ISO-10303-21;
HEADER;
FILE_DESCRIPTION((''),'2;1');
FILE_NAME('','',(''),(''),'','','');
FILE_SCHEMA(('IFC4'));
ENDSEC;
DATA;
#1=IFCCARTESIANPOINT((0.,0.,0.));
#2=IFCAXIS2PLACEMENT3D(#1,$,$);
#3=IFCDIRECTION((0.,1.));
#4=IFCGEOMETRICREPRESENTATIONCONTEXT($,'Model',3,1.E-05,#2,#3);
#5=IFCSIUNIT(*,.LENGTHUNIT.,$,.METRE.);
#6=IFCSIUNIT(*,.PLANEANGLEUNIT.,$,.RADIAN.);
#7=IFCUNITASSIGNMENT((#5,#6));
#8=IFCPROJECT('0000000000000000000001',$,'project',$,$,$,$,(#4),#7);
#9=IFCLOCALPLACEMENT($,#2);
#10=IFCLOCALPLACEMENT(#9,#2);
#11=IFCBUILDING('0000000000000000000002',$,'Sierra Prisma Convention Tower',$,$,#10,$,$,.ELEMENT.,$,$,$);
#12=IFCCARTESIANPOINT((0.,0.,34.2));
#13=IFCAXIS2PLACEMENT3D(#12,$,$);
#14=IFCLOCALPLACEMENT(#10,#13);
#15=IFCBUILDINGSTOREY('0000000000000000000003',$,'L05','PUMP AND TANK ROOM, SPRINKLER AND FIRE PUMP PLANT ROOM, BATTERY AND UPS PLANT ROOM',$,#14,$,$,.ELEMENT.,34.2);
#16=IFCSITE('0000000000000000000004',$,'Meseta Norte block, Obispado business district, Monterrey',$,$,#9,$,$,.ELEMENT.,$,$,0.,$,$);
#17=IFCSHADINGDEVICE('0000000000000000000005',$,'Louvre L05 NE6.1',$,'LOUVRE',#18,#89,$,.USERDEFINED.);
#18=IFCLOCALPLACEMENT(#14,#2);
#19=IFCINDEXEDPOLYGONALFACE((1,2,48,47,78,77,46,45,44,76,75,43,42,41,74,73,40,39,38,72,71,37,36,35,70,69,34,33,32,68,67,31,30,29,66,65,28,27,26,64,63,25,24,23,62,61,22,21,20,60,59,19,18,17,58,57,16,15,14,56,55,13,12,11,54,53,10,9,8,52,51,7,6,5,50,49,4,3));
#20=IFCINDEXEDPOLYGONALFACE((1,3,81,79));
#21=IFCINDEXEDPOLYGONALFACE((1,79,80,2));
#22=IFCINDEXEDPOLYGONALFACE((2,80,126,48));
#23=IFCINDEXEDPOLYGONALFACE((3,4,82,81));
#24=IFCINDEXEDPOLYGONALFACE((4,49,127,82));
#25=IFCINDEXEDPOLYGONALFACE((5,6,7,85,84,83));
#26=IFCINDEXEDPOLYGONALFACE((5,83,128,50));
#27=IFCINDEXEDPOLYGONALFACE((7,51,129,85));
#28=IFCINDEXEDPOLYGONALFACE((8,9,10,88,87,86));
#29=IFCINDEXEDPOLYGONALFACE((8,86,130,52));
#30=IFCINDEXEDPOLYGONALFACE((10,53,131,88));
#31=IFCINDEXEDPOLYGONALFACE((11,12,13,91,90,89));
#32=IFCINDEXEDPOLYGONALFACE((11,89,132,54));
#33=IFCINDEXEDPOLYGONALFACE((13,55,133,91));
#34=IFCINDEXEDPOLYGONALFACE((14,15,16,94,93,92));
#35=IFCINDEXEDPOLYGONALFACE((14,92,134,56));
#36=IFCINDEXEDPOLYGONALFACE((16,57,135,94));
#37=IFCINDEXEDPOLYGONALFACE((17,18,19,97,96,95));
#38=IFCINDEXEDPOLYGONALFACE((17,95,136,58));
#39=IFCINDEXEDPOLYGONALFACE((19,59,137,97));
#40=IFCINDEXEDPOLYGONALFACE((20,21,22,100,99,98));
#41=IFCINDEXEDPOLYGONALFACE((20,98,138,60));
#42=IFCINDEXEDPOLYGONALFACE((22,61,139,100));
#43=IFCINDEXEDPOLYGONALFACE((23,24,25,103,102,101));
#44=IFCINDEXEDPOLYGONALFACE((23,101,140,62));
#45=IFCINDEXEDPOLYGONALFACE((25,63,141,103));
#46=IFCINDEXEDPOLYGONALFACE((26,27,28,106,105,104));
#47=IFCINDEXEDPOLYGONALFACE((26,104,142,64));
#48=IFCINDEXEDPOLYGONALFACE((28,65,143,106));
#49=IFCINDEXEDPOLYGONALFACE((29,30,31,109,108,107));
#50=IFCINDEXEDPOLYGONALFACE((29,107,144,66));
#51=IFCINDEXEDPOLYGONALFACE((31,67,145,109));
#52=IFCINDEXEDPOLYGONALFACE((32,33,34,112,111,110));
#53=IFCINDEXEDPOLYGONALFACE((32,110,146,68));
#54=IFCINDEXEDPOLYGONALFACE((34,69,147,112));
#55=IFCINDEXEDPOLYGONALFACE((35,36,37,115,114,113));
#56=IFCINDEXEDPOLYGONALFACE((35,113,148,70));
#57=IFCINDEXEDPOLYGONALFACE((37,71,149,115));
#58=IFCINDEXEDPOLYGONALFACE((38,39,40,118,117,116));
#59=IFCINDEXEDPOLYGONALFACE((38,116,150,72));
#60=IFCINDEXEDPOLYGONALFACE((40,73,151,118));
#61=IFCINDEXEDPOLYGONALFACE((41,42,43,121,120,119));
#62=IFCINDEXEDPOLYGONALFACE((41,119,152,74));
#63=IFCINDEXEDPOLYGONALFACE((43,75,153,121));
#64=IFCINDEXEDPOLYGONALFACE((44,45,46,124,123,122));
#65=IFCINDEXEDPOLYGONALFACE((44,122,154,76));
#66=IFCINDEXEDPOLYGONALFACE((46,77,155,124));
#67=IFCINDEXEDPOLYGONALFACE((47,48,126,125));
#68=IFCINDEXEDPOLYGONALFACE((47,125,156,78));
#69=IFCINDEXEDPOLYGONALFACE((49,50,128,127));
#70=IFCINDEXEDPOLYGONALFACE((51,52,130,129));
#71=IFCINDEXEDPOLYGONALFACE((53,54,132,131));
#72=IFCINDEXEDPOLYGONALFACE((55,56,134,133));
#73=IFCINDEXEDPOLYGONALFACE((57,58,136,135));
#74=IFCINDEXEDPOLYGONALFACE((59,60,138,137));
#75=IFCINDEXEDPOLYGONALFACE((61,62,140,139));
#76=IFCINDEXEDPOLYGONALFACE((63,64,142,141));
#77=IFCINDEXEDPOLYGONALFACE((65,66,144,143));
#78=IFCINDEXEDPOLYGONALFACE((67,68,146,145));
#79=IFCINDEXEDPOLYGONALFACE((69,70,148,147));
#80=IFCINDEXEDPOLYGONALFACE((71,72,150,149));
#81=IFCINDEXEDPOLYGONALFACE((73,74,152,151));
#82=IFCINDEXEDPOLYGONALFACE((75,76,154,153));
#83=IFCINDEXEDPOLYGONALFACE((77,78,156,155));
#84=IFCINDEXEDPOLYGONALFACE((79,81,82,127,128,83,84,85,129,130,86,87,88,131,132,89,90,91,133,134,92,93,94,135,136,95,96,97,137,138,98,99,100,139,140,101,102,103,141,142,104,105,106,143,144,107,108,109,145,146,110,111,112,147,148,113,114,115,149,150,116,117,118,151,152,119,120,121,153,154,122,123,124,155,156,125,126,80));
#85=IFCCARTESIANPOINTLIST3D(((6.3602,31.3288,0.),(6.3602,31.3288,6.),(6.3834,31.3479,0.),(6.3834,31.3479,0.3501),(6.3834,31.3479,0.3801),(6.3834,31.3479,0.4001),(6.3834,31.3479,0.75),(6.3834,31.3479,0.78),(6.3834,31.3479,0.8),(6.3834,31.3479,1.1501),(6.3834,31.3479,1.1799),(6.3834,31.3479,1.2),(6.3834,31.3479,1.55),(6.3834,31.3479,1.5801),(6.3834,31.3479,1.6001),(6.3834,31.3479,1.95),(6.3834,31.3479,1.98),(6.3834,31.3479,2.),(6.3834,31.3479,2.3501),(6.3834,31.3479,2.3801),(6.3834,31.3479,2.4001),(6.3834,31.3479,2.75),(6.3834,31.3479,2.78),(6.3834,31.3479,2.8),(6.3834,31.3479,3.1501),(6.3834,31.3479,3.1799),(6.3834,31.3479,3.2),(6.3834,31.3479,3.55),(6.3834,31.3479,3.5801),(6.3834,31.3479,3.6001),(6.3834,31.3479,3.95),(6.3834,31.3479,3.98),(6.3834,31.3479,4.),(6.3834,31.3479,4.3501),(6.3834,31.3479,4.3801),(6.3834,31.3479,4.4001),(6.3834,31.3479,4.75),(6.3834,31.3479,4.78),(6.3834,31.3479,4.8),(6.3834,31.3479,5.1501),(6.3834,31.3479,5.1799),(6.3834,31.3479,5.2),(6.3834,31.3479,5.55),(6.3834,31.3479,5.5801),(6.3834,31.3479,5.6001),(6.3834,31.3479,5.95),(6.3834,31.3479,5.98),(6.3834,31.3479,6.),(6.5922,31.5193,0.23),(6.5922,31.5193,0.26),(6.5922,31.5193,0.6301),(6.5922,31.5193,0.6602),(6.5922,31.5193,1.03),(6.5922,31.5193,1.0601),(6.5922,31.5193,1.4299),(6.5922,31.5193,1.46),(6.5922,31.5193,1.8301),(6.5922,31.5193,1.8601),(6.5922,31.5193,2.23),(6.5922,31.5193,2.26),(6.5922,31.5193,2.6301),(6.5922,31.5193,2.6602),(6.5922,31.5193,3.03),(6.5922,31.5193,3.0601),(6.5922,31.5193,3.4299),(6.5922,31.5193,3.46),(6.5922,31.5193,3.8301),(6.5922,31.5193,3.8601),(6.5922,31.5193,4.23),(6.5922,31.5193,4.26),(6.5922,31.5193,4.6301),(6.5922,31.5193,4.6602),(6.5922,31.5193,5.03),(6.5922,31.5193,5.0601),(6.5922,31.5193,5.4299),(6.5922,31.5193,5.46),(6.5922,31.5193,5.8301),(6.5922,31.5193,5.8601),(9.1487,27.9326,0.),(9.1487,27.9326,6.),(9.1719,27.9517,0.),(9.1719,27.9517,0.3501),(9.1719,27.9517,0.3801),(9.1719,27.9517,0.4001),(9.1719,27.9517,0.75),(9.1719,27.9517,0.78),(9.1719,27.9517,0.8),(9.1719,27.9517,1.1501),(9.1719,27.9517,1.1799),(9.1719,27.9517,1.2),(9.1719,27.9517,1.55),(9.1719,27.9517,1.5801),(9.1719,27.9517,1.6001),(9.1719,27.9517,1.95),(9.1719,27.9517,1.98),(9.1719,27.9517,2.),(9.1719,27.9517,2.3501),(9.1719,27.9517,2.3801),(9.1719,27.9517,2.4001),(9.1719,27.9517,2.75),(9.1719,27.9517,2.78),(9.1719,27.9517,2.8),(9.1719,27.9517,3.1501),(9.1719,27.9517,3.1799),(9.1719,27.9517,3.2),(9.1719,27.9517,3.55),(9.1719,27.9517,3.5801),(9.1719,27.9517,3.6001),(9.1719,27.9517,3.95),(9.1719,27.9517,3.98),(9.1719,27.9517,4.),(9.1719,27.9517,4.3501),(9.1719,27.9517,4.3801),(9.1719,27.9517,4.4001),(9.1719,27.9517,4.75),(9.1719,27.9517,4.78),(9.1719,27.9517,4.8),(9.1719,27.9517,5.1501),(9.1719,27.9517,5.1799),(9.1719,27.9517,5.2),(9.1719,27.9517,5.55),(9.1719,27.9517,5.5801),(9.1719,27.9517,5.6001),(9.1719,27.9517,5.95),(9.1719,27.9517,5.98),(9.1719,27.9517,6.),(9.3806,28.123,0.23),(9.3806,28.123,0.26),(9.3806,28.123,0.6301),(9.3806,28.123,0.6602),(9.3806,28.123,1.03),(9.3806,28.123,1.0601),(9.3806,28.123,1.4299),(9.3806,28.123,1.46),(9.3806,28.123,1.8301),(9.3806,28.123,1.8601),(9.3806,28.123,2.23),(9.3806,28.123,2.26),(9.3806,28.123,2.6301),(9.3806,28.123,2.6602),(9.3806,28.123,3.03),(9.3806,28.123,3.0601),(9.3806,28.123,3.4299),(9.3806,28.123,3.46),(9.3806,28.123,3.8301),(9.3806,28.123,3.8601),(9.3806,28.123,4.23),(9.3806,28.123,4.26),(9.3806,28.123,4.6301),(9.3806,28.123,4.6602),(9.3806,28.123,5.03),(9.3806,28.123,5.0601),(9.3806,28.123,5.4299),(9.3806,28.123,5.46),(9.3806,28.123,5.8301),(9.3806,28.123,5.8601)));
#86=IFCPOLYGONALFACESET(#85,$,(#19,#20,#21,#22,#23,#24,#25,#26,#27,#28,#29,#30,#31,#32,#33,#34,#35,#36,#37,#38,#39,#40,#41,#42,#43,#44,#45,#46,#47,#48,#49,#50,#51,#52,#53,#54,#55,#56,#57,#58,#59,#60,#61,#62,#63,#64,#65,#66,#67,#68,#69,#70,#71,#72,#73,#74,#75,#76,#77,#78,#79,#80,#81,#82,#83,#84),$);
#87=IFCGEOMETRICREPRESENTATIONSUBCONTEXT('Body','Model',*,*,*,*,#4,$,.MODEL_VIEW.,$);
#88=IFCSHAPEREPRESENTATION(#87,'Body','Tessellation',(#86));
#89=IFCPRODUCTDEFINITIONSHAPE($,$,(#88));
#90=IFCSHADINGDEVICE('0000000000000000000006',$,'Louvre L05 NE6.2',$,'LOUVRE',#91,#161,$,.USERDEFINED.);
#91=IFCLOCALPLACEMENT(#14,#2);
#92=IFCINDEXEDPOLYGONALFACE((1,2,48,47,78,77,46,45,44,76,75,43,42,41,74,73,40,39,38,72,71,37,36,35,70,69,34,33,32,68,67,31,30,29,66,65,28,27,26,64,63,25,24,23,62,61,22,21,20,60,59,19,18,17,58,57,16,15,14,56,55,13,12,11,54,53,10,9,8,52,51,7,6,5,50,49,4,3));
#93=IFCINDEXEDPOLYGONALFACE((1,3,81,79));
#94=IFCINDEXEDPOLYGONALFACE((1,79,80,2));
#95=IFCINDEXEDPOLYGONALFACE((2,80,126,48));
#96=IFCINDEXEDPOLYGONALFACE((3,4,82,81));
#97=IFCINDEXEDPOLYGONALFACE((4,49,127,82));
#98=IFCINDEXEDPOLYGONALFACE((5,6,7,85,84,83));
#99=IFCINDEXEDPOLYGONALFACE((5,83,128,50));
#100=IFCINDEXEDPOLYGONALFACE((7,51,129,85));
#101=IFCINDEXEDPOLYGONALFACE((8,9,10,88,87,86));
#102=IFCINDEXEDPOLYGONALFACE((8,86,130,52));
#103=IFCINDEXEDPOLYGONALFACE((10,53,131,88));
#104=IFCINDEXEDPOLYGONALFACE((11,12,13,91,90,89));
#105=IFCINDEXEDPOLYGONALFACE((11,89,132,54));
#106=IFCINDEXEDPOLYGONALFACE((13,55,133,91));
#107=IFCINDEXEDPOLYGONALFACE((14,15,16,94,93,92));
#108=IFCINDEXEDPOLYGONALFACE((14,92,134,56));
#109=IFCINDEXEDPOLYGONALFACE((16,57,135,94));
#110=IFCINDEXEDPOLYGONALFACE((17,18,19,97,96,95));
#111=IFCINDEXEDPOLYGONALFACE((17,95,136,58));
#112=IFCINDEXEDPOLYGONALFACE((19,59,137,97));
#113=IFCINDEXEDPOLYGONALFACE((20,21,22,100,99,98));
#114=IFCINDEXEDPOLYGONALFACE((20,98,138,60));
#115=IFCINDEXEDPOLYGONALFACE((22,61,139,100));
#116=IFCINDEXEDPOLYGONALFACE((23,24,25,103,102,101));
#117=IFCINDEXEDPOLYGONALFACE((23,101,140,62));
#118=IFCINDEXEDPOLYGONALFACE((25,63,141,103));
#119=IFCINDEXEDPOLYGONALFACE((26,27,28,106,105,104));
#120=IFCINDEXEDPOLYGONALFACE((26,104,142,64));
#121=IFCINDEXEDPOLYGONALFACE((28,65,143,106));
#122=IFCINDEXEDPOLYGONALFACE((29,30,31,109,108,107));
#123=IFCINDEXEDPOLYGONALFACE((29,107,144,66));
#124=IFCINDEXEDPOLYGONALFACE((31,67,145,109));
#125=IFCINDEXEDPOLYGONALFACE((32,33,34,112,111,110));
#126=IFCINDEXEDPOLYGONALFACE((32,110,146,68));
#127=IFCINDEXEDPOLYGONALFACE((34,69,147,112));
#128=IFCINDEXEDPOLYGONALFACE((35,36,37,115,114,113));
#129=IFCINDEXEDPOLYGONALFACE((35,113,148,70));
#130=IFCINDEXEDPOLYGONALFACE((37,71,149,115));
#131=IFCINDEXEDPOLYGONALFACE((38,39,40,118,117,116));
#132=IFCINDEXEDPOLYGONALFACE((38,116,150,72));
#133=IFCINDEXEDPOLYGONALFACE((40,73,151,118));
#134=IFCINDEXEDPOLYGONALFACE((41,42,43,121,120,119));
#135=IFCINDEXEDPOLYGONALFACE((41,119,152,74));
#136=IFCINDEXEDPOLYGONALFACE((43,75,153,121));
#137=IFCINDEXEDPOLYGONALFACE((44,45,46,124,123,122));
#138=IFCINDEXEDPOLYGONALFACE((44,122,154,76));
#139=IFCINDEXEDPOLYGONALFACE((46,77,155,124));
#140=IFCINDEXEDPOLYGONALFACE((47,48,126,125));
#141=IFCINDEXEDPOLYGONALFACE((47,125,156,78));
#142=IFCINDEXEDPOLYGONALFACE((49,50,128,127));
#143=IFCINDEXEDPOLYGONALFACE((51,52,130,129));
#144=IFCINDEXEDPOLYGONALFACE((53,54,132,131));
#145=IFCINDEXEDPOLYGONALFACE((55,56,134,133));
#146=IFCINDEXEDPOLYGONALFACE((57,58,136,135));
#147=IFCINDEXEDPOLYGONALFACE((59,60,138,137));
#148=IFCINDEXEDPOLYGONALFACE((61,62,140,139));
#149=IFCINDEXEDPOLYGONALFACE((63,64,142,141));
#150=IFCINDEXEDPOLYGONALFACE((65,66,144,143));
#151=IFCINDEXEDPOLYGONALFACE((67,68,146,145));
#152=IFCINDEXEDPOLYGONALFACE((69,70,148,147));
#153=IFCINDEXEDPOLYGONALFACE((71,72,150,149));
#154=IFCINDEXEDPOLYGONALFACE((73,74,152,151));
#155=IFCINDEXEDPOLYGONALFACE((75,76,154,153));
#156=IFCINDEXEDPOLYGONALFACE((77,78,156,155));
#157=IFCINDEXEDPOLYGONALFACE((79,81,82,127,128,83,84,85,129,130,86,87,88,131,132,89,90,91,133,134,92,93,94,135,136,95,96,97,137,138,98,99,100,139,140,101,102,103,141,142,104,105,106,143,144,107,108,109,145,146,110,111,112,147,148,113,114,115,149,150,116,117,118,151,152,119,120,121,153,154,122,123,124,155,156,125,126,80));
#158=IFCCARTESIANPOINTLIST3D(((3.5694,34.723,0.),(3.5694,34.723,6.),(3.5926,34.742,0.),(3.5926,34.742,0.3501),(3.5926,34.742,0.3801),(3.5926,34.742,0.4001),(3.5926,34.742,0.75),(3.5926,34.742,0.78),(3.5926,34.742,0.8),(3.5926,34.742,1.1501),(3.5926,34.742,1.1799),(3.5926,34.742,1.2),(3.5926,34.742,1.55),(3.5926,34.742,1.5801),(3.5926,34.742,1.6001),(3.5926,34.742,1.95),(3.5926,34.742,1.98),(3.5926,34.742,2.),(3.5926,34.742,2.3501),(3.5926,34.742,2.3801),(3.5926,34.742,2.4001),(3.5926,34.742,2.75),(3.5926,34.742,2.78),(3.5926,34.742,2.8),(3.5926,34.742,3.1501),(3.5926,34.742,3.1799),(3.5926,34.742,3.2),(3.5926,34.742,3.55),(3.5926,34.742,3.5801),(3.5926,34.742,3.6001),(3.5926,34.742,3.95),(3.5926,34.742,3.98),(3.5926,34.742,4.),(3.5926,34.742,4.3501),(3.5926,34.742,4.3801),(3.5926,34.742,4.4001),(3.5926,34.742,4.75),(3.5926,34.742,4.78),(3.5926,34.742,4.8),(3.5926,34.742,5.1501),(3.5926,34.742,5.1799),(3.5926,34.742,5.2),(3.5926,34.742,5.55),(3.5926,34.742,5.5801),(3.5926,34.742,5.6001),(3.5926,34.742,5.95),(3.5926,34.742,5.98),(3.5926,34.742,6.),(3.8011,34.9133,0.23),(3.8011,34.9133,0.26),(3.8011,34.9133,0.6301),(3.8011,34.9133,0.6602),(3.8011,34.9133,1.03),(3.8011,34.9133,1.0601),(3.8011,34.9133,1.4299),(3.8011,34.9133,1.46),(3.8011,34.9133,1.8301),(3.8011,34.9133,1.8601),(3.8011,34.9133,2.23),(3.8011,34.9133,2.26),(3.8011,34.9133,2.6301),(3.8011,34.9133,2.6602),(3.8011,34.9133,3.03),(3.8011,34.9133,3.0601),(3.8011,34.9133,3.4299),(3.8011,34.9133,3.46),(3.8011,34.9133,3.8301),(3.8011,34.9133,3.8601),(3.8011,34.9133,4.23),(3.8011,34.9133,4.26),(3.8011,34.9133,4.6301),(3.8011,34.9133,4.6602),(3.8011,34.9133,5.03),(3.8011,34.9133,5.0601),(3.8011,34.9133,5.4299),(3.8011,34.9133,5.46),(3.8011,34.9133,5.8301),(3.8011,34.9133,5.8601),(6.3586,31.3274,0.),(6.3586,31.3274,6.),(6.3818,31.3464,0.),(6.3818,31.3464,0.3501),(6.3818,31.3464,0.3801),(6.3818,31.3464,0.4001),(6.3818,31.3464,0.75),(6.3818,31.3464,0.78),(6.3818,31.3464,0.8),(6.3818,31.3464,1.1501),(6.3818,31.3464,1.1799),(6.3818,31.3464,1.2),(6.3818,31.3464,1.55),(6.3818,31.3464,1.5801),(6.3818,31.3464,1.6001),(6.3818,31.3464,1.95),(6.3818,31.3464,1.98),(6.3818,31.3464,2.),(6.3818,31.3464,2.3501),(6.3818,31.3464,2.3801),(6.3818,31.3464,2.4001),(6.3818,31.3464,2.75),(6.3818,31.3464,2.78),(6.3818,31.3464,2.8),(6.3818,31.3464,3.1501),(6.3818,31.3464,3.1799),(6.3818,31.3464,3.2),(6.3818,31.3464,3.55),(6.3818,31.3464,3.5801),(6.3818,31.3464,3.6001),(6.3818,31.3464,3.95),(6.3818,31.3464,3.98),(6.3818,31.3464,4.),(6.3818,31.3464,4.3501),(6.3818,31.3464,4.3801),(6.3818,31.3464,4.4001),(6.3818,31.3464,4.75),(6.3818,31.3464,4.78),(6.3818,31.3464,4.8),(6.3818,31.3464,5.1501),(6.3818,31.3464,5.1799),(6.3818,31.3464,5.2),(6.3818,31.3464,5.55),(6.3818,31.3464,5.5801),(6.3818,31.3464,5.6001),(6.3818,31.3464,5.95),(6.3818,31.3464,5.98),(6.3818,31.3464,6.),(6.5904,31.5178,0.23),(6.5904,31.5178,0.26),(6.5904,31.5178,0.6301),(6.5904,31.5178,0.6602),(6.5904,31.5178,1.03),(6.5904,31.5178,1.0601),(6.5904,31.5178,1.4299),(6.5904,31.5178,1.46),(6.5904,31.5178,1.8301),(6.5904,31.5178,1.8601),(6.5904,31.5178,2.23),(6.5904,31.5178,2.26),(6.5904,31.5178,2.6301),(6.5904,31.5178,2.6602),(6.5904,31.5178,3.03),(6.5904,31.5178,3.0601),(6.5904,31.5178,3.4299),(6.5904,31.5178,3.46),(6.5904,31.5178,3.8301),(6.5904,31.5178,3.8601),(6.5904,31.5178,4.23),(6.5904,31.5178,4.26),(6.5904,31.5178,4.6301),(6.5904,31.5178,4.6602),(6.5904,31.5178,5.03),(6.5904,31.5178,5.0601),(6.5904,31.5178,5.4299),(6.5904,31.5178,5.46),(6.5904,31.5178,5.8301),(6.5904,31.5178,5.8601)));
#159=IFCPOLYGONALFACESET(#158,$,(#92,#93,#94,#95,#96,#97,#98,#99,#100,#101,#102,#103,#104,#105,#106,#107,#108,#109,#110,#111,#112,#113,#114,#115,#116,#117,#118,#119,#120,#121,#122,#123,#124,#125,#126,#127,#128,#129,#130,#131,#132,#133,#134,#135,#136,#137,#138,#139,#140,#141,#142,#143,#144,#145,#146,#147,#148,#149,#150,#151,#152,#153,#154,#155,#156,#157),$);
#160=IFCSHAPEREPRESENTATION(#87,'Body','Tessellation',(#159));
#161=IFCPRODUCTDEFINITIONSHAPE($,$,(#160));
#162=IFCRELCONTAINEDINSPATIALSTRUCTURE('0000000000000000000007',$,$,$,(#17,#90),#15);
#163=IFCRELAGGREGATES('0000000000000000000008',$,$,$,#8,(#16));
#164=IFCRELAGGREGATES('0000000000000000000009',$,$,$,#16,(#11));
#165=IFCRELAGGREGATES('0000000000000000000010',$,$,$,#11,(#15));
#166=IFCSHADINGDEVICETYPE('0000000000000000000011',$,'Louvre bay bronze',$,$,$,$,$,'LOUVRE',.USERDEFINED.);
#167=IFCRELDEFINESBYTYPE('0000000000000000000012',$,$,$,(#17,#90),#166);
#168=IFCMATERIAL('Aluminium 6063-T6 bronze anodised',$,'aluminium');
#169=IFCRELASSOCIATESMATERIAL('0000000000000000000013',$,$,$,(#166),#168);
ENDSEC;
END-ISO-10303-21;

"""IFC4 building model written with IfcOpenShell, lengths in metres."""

from ifc_helpers import new_model, si_unit, direction, frame, origin, place, context, subcontext, project, spatial, polyline, outline, extrude, material, type_object, element, save


model = new_model("IFC4")

# Units and contexts
model_context = context("Model", 3, precision=1e-05, world=origin(), true_north=direction((0.0, 1.0)))
body_context = subcontext(model_context, "Body", "Model", "MODEL_VIEW")
ifc_project = project(units=[si_unit("LENGTHUNIT", "METRE"), si_unit("PLANEANGLEUNIT", "RADIAN")], contexts=[model_context])

# Site, building, storey
site_placement = place(None, origin())
site = spatial("IfcSite", under=ifc_project, at=site_placement, Name="Meseta Norte block, Obispado business district, Monterrey", CompositionType="ELEMENT", RefElevation=0.0)
building_placement = place(site_placement, origin())
building = spatial("IfcBuilding", under=site, at=building_placement, Name="Sierra Prisma Convention Tower", CompositionType="ELEMENT")
storey_placement = place(building_placement, frame((0.0, 0.0, 34.2)))
storey = spatial("IfcBuildingStorey", under=building, at=storey_placement, Name="L05", Description="PUMP AND TANK ROOM, SPRINKLER AND FIRE PUMP PLANT ROOM, BATTERY AND UPS PLANT ROOM", CompositionType="ELEMENT", Elevation=34.2)

# Shading devices
ifc_material_1 = material(Name="Aluminium 6063-T6 bronze anodised", Category="aluminium")
shading_device_type = type_object("IfcShadingDeviceType", Name="Louvre bay bronze", ElementType="LOUVRE", PredefinedType="USERDEFINED", material=ifc_material_1)
shading_device_1_placement = place(storey_placement, frame((9.1487, 27.9326, 0.0), z_axis=(0.634566, -0.772869, 0.0), x_axis=(0.0, 0.0, 1.0)))
element("IfcShadingDevice", 1, at=shading_device_1_placement, inside=storey, type_object=shading_device_type, Name="Louvre L05 NE6.1", ObjectType="LOUVRE", PredefinedType="USERDEFINED", context=body_context, shape_type="SweptSolid", body=[
    extrude(outline(polyline([(0.0, 0.0), (6.0, 0.0), (6.0, -0.03), (5.98, -0.03), (5.8601, -0.3001), (5.8301, -0.3001), (5.95, -0.03), (5.6001, -0.03), (5.5801, -0.03), (5.46, -0.3001), (5.4299, -0.3001), (5.55, -0.03), (5.2, -0.03), (5.1799, -0.03), (5.0601, -0.3001), (5.03, -0.3001), (5.1501, -0.03), (4.8, -0.03), (4.78, -0.03), (4.6602, -0.3001), (4.6301, -0.3001), (4.75, -0.03), (4.4001, -0.03), (4.3801, -0.03), (4.26, -0.3001), (4.23, -0.3001), (4.3501, -0.03), (4.0, -0.03), (3.98, -0.03), (3.8601, -0.3001), (3.8301, -0.3001), (3.95, -0.03), (3.6001, -0.03), (3.5801, -0.03), (3.46, -0.3001), (3.4299, -0.3001), (3.55, -0.03), (3.2, -0.03), (3.1799, -0.03), (3.0601, -0.3001), (3.03, -0.3001), (3.1501, -0.03), (2.8, -0.03), (2.78, -0.03), (2.6602, -0.3001), (2.6301, -0.3001), (2.75, -0.03), (2.4001, -0.03), (2.3801, -0.03), (2.26, -0.3001), (2.23, -0.3001), (2.3501, -0.03), (2.0, -0.03), (1.98, -0.03), (1.8601, -0.3001), (1.8301, -0.3001), (1.95, -0.03), (1.6001, -0.03), (1.5801, -0.03), (1.46, -0.3001), (1.4299, -0.3001), (1.55, -0.03), (1.2, -0.03), (1.1799, -0.03), (1.0601, -0.3001), (1.03, -0.3001), (1.1501, -0.03), (0.8, -0.03), (0.78, -0.03), (0.6602, -0.3001), (0.6301, -0.3001), (0.75, -0.03), (0.4001, -0.03), (0.3801, -0.03), (0.26, -0.3001), (0.23, -0.3001), (0.3501, -0.03), (0.0, -0.03), (0.0, 0.0)])), origin(), (0.0, 0.0, -1.0), 4.3943),
])
shading_device_2_placement = place(storey_placement, frame((6.3586, 31.3274, 0.0), z_axis=(0.634745, -0.772722, 0.0), x_axis=(0.0, 0.0, 1.0)))
element("IfcShadingDevice", 2, at=shading_device_2_placement, inside=storey, type_object=shading_device_type, Name="Louvre L05 NE6.2", ObjectType="LOUVRE", PredefinedType="USERDEFINED", context=body_context, shape_type="SweptSolid", body=[
    extrude(outline(polyline([(0.0, 0.0), (6.0, 0.0), (6.0, -0.03), (5.98, -0.03), (5.8601, -0.2999), (5.8301, -0.2999), (5.95, -0.03), (5.6001, -0.03), (5.5801, -0.03), (5.46, -0.2999), (5.4299, -0.2999), (5.55, -0.03), (5.2, -0.03), (5.1799, -0.03), (5.0601, -0.2999), (5.03, -0.2999), (5.1501, -0.03), (4.8, -0.03), (4.78, -0.03), (4.6602, -0.2999), (4.6301, -0.2999), (4.75, -0.03), (4.4001, -0.03), (4.3801, -0.03), (4.26, -0.2999), (4.23, -0.2999), (4.3501, -0.03), (4.0, -0.03), (3.98, -0.03), (3.8601, -0.2999), (3.8301, -0.2999), (3.95, -0.03), (3.6001, -0.03), (3.5801, -0.03), (3.46, -0.2999), (3.4299, -0.2999), (3.55, -0.03), (3.2, -0.03), (3.1799, -0.03), (3.0601, -0.2999), (3.03, -0.2999), (3.1501, -0.03), (2.8, -0.03), (2.78, -0.03), (2.6602, -0.2999), (2.6301, -0.2999), (2.75, -0.03), (2.4001, -0.03), (2.3801, -0.03), (2.26, -0.2999), (2.23, -0.2999), (2.3501, -0.03), (2.0, -0.03), (1.98, -0.03), (1.8601, -0.2999), (1.8301, -0.2999), (1.95, -0.03), (1.6001, -0.03), (1.5801, -0.03), (1.46, -0.2999), (1.4299, -0.2999), (1.55, -0.03), (1.2, -0.03), (1.1799, -0.03), (1.0601, -0.2999), (1.03, -0.2999), (1.1501, -0.03), (0.8, -0.03), (0.78, -0.03), (0.6602, -0.2999), (0.6301, -0.2999), (0.75, -0.03), (0.4001, -0.03), (0.3801, -0.03), (0.26, -0.2999), (0.23, -0.2999), (0.3501, -0.03), (0.0, -0.03), (0.0, 0.0)])), origin(), (0.0, 0.0, -1.0), 4.3943),
])

save(model, "model.ifc")
